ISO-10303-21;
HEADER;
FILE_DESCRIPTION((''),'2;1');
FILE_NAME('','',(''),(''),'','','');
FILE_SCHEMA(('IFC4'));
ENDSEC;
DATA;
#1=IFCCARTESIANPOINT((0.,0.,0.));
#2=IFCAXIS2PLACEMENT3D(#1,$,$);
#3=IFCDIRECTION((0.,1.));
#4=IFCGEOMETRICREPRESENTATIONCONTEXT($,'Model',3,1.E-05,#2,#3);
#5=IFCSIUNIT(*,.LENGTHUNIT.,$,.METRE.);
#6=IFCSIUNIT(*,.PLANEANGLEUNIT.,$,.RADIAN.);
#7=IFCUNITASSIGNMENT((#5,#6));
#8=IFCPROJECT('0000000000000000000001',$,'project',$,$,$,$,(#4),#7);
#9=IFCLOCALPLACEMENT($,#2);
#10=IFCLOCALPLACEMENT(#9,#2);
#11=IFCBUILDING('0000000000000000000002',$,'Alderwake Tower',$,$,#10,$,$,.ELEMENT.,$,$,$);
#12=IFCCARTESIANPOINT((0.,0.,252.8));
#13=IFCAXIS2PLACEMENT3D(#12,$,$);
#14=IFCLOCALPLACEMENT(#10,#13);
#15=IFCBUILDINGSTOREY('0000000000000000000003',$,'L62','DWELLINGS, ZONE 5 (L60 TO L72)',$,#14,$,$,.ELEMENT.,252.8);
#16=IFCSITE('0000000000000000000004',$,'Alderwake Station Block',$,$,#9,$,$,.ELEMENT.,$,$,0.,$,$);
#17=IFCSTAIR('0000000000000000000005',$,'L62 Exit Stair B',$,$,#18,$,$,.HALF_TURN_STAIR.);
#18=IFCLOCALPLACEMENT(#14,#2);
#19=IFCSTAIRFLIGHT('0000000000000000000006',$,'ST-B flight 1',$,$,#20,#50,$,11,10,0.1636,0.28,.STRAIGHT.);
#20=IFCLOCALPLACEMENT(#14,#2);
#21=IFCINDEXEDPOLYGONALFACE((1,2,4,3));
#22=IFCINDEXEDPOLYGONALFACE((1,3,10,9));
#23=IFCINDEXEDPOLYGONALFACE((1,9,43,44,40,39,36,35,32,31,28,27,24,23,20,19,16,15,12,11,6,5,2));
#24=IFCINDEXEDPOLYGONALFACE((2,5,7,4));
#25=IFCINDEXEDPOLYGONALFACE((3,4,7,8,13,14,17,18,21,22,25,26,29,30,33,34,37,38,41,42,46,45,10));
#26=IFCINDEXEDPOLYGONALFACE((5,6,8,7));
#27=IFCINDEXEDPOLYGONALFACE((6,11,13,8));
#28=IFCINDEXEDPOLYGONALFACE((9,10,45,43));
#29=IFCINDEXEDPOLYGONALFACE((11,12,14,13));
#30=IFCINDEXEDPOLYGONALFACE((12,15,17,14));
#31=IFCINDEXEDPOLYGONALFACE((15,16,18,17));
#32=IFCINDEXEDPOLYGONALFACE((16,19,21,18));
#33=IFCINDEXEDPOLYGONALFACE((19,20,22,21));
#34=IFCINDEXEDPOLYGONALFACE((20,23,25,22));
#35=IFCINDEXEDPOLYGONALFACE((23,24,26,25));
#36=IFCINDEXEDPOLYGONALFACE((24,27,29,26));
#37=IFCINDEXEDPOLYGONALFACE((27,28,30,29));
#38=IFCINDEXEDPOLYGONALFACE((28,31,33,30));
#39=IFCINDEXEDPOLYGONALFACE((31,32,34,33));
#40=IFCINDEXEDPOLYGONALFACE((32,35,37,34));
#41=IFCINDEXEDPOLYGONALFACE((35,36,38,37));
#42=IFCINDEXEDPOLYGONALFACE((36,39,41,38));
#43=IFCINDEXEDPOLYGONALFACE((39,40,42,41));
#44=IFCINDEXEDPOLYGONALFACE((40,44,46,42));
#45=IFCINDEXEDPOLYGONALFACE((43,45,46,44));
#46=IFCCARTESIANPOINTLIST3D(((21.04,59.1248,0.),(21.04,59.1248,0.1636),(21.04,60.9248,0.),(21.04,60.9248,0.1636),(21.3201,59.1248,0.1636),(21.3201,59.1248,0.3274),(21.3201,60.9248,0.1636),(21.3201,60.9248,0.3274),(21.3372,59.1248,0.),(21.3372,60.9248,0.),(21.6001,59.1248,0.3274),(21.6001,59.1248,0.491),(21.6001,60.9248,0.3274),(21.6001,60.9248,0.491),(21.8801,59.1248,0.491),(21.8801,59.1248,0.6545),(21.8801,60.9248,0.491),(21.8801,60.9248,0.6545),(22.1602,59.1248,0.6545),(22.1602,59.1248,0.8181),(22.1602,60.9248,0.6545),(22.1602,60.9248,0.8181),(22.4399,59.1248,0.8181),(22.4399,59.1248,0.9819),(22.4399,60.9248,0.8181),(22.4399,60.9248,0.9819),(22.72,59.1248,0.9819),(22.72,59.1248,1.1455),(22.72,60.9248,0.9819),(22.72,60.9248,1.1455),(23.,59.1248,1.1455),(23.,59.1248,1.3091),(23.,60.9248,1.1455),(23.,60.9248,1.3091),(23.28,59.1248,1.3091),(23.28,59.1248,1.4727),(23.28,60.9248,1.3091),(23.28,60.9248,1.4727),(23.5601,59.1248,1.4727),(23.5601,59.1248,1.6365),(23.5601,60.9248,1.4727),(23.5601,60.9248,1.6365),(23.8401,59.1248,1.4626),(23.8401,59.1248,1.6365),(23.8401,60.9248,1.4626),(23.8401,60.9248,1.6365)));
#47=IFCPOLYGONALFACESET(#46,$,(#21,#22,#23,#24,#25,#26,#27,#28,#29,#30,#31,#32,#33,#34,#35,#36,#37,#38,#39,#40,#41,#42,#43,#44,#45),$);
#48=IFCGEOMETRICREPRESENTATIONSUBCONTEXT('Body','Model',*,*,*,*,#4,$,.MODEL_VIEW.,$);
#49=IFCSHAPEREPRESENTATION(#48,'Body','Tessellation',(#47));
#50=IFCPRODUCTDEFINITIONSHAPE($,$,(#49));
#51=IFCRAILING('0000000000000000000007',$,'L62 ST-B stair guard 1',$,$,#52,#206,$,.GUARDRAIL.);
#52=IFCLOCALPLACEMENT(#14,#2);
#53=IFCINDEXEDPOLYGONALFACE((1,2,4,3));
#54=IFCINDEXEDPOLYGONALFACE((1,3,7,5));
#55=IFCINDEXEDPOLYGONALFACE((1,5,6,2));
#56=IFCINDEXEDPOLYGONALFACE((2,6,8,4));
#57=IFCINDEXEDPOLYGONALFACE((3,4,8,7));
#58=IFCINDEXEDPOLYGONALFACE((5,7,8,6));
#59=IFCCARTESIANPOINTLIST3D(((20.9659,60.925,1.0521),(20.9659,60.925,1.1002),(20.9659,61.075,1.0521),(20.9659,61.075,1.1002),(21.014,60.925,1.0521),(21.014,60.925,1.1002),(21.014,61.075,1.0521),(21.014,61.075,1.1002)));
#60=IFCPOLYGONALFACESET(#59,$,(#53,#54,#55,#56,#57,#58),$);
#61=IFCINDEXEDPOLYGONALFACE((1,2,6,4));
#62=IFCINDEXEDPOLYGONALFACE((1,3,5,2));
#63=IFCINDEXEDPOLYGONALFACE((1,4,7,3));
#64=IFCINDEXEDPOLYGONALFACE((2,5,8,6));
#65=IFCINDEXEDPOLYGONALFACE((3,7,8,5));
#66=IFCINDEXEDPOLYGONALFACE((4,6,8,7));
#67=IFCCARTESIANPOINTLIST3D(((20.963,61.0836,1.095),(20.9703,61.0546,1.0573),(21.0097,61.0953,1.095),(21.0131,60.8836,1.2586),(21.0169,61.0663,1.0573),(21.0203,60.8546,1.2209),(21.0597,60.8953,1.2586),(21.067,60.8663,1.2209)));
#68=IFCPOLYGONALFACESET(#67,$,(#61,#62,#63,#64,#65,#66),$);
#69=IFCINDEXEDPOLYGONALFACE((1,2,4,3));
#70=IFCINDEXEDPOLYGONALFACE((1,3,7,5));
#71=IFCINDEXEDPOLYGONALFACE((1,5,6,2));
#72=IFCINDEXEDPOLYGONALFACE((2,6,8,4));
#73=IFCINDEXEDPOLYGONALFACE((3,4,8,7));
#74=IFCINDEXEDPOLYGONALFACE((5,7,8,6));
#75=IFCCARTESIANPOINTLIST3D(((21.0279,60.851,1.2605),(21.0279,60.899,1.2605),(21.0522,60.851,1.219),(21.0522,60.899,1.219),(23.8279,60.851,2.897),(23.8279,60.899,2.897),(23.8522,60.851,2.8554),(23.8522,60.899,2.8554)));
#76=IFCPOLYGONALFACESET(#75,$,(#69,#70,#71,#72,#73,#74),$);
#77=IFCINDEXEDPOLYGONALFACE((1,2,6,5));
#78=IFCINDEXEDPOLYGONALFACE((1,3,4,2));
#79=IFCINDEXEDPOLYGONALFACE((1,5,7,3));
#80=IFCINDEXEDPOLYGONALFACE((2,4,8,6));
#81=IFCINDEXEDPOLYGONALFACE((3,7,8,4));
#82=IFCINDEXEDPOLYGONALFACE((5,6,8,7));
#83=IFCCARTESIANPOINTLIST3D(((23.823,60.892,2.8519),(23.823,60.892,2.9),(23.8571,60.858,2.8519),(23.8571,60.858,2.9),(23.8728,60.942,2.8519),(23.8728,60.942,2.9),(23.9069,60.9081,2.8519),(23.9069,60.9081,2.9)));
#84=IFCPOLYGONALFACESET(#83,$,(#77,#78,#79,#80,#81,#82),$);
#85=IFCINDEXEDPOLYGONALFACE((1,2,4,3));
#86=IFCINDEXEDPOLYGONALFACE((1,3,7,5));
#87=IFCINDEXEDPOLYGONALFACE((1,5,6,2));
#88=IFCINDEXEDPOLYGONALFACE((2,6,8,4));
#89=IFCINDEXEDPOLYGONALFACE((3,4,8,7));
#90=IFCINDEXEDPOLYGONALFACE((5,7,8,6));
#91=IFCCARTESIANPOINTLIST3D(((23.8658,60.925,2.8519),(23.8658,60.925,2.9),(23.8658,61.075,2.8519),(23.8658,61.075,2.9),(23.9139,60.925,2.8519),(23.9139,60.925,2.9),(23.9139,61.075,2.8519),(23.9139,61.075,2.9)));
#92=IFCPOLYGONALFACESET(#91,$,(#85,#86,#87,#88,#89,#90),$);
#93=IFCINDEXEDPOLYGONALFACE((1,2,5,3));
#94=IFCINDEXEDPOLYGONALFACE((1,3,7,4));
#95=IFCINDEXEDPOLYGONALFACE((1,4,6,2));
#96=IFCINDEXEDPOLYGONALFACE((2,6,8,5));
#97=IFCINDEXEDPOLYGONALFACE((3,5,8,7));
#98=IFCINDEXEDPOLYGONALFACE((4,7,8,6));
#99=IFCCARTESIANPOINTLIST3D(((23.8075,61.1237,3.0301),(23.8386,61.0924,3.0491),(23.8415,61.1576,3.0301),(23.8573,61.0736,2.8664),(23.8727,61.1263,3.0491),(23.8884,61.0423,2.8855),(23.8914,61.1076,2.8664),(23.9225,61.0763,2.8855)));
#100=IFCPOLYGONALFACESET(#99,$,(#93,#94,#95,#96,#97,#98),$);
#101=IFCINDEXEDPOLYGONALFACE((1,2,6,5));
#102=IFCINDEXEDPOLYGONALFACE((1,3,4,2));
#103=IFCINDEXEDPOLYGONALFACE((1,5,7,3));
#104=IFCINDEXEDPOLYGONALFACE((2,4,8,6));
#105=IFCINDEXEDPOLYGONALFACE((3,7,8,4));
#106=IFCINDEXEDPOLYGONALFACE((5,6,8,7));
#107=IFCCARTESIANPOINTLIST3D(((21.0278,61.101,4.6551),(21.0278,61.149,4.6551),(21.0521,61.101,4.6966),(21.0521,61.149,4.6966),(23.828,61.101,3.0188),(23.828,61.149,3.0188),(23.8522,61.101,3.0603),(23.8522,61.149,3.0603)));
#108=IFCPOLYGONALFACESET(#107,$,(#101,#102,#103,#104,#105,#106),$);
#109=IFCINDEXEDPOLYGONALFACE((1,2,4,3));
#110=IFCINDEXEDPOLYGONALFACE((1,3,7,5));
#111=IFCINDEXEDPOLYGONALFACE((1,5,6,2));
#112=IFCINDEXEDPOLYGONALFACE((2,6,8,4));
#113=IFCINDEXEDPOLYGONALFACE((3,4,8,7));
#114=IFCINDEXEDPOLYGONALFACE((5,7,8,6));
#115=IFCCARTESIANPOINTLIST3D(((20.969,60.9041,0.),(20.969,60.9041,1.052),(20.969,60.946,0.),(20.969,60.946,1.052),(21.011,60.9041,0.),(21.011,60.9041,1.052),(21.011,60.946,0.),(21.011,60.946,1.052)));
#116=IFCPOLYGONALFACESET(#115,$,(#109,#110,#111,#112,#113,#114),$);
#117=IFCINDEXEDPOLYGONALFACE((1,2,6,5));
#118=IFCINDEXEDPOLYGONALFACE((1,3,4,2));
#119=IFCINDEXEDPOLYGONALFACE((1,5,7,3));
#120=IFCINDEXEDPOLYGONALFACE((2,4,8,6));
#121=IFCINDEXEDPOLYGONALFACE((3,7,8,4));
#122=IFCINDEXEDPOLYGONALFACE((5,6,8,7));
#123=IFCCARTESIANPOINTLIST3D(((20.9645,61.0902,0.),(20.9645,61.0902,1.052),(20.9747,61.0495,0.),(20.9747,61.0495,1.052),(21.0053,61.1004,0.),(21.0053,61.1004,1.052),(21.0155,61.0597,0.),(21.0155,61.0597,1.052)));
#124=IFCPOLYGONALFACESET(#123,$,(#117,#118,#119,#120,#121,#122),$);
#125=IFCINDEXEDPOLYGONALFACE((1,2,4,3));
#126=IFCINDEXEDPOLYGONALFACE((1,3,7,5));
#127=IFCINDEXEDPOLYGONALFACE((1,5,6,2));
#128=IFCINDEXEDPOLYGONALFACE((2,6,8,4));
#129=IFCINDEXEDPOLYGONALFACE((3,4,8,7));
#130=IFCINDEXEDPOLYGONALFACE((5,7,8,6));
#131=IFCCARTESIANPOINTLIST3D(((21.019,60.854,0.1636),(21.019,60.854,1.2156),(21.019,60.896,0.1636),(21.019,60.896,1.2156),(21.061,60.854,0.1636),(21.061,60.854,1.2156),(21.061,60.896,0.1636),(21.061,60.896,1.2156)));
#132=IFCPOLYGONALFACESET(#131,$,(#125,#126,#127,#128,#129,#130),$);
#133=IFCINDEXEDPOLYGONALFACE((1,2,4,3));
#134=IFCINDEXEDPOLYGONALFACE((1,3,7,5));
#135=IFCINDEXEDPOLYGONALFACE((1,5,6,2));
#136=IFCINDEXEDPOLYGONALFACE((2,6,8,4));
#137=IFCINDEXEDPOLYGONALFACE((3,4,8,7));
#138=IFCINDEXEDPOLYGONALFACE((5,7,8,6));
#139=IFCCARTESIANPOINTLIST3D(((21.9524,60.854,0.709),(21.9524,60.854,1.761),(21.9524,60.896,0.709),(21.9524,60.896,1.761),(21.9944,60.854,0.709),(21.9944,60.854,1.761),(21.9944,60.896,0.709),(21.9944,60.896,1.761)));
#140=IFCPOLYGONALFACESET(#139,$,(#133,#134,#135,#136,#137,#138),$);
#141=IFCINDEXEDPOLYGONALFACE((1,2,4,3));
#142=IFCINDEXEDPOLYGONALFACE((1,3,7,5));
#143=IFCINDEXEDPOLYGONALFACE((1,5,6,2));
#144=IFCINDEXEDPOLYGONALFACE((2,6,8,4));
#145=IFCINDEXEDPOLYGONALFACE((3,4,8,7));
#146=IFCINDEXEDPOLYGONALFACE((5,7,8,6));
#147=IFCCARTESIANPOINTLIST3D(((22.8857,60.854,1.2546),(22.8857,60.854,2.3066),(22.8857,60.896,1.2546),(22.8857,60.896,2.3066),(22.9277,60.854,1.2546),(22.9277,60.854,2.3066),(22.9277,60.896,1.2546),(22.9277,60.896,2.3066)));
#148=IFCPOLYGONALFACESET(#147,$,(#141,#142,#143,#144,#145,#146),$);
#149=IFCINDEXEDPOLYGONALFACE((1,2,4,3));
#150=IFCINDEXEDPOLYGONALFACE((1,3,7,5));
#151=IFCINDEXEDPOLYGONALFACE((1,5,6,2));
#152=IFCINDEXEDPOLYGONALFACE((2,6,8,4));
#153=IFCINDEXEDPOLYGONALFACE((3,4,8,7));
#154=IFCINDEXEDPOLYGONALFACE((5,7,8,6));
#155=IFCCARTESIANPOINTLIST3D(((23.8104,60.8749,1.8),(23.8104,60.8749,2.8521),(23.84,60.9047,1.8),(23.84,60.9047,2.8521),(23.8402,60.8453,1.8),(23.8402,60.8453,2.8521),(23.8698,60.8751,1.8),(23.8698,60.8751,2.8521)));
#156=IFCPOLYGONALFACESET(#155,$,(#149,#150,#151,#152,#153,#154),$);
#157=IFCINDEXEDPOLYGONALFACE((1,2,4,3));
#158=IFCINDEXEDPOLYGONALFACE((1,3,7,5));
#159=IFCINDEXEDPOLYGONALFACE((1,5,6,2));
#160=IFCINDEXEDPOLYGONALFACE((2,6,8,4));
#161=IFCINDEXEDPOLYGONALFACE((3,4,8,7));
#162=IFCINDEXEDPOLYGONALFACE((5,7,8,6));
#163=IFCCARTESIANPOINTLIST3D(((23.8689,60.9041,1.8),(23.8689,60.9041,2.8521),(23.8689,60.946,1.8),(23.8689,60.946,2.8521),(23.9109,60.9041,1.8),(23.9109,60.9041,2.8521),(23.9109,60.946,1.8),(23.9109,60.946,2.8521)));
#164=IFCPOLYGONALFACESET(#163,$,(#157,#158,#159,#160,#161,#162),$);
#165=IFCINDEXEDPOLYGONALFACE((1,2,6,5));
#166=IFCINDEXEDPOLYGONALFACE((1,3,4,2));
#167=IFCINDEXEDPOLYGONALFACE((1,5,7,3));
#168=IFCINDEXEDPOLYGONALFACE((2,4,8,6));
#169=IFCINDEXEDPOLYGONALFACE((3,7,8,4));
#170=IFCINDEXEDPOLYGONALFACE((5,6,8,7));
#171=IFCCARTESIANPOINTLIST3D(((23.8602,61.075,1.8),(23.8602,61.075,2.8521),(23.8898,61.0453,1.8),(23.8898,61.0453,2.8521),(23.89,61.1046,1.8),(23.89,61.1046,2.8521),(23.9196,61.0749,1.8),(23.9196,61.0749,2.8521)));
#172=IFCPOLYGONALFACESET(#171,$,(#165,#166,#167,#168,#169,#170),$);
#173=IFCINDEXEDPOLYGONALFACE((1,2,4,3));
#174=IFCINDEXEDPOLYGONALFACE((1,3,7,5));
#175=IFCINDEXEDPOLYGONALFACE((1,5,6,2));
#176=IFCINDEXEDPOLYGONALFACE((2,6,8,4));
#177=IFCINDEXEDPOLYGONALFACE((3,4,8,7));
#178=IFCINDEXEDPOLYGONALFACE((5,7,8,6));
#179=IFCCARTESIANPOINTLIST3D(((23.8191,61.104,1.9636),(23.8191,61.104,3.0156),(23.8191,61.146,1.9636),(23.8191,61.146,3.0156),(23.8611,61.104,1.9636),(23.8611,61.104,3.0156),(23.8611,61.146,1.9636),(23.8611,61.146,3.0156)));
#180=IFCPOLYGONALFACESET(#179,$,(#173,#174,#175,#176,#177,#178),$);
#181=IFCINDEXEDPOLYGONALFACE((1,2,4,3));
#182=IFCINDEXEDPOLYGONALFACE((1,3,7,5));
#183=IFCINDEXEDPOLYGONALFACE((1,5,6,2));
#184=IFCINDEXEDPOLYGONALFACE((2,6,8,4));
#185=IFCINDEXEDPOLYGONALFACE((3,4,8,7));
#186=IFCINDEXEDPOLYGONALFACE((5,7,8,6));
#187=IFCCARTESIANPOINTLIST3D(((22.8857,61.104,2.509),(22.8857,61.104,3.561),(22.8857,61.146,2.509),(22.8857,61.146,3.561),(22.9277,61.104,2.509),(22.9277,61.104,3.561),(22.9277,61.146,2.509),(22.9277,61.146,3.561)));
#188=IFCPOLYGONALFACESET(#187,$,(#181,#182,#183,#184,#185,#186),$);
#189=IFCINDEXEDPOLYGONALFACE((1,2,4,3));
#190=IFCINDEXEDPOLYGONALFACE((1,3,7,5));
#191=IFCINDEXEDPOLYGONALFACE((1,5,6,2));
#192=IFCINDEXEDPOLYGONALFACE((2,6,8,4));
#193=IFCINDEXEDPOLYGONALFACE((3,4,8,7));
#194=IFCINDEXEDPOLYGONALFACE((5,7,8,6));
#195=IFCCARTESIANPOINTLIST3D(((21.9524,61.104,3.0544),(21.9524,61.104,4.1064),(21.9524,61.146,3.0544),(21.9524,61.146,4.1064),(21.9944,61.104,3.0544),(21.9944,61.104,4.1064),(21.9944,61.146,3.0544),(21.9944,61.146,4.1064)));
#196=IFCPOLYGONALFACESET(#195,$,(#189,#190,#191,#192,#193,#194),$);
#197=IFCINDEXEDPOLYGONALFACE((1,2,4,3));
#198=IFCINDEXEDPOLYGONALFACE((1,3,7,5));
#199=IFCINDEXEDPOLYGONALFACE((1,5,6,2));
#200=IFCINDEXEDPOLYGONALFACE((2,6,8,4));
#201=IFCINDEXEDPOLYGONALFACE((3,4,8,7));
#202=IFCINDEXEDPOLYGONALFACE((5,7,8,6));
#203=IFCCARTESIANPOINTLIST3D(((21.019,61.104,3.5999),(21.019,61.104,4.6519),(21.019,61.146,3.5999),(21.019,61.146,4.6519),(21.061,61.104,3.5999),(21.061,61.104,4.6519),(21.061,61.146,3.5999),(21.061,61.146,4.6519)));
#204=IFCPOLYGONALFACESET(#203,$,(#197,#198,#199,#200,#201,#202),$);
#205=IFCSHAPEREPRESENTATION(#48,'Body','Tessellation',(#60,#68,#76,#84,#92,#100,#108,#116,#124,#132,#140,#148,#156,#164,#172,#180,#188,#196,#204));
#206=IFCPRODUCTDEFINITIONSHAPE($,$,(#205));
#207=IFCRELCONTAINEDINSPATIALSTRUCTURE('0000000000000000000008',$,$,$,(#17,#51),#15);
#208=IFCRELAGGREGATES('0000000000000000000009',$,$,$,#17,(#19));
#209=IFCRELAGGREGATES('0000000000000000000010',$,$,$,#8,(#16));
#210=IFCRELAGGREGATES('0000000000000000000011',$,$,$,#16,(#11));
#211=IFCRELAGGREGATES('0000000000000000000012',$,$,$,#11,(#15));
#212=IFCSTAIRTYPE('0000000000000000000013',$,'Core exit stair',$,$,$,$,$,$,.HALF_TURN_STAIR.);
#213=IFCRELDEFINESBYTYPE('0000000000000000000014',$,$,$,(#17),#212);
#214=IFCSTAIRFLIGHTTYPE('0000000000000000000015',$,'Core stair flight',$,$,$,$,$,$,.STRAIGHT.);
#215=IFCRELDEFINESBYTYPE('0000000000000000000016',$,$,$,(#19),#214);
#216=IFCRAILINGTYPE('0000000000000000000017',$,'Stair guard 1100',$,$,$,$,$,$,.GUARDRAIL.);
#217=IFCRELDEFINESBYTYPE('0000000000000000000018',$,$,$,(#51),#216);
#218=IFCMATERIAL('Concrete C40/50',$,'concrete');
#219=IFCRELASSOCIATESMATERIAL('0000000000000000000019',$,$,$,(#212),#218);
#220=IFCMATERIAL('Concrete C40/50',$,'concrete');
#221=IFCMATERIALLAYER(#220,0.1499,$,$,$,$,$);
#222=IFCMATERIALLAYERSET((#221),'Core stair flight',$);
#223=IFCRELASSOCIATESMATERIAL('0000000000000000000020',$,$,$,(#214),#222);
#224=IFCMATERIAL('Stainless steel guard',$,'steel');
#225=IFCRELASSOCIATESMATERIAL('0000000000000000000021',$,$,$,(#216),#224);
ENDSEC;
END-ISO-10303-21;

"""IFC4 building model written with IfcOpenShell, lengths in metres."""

from ifc_helpers import new_model, si_unit, direction, frame, origin, origin_2d, place, context, subcontext, project, spatial, polyline, rectangle, outline, extrude, material, layer, layer_set, type_object, element, aggregate, save


model = new_model("IFC4")

# Units and contexts
model_context = context("Model", 3, precision=1e-05, world=origin(), true_north=direction((0.0, 1.0)))
body_context = subcontext(model_context, "Body", "Model", "MODEL_VIEW")
ifc_project = project(units=[si_unit("LENGTHUNIT", "METRE"), si_unit("PLANEANGLEUNIT", "RADIAN")], contexts=[model_context])

# Site, building, storey
site_placement = place(None, origin())
site = spatial("IfcSite", under=ifc_project, at=site_placement, Name="Alderwake Station Block", CompositionType="ELEMENT", RefElevation=0.0)
building_placement = place(site_placement, origin())
building = spatial("IfcBuilding", under=site, at=building_placement, Name="Alderwake Tower", CompositionType="ELEMENT")
storey_placement = place(building_placement, frame((0.0, 0.0, 252.8)))
storey = spatial("IfcBuildingStorey", under=building, at=storey_placement, Name="L62", Description="DWELLINGS, ZONE 5 (L60 TO L72)", CompositionType="ELEMENT", Elevation=252.8)

# Stair, stair flight
ifc_material_1 = material(Name="Concrete C40/50", Category="concrete")
stair_type = type_object("IfcStairType", Name="Core exit stair", PredefinedType="HALF_TURN_STAIR", material=ifc_material_1)
stair_placement = place(storey_placement, origin())
stair = element("IfcStair", 1, at=stair_placement, inside=storey, type_object=stair_type, Name="L62 Exit Stair B", PredefinedType="HALF_TURN_STAIR")
ifc_material_2 = material(Name="Concrete C40/50", Category="concrete")
ifc_layer_1 = layer(ifc_material_2, 0.1499)
ifc_layer_set_1 = layer_set([ifc_layer_1], Name="Core stair flight")
stair_flight_type = type_object("IfcStairFlightType", Name="Core stair flight", PredefinedType="STRAIGHT", material=ifc_layer_set_1)
stair_flight_placement = place(storey_placement, frame((21.04, 60.0249, 0.0), z_axis=(0.0, 0.0, 1.0), x_axis=(1.0, 0.0, 0.0)))
stair_flight = element("IfcStairFlight", 2, at=stair_flight_placement, type_object=stair_flight_type, Name="ST-B flight 1", NumberOfRisers=11, NumberOfTreads=10, PredefinedType="STRAIGHT", RiserHeight=0.1636, TreadLength=0.28, context=body_context, shape_type="SweptSolid", body=[
    extrude(outline(polyline([(0.0, 0.0), (0.0, 0.1636), (0.28, 0.1636), (0.28, 0.3274), (0.5601, 0.3274), (0.5601, 0.491), (0.8401, 0.491), (0.8401, 0.6545), (1.1201, 0.6545), (1.1201, 0.8181), (1.3999, 0.8181), (1.3999, 0.9819), (1.6799, 0.9819), (1.6799, 1.1455), (1.96, 1.1455), (1.96, 1.3091), (2.24, 1.3091), (2.24, 1.4727), (2.52, 1.4727), (2.52, 1.6365), (2.8, 1.6365), (2.8, 1.8), (2.8, 1.4626), (0.2971, 0.0), (0.0, 0.0)])), frame((0.0, 0.8999, 0.0), z_axis=(0.0, -1.0, 0.0), x_axis=(1.0, 0.0, 0.0)), (0.0, 0.0, 1.0), 1.8),
])
aggregate(stair, [stair_flight])

# Railing
ifc_material_3 = material(Name="Stainless steel guard", Category="steel")
railing_type_1 = type_object("IfcRailingType", Name="Stair guard 1100", PredefinedType="GUARDRAIL", material=ifc_material_3)
railing_1_placement = place(storey_placement, frame((20.99, 60.925, 0.0)))
element("IfcRailing", 3, at=railing_1_placement, inside=storey, type_object=railing_type_1, Name="L62 ST-B stair guard 1", PredefinedType="GUARDRAIL", context=body_context, shape_type="SweptSolid", body=[
    extrude(rectangle(XDim=0.0481, YDim=0.0481, at=origin_2d()), frame((0.0, 0.0, 1.0762), z_axis=(0.0, 1.0, 0.0), x_axis=(-1.0, 0.0, 0.0)), (0.0, 0.0, 1.0), 0.1499),
    extrude(rectangle(XDim=0.0481, YDim=0.0481, at=origin_2d()), frame((0.0, 0.1499, 1.0762), z_axis=(0.1902, -0.75987, 0.621628), x_axis=(0.970073, 0.242814, 0.0)), (0.0, 0.0, 1.0), 0.2632),
    extrude(rectangle(XDim=0.0481, YDim=0.0481, at=origin_2d()), frame((0.05, -0.05, 1.2397), z_axis=(0.863361, 0.0, 0.504587), x_axis=(0.0, 1.0, 0.0)), (0.0, 0.0, 1.0), 3.2432),
    extrude(rectangle(XDim=0.0481, YDim=0.0481, at=origin_2d()), frame((2.8501, -0.05, 2.876), z_axis=(0.705376, 0.708834, 0.0), x_axis=(-0.708834, 0.705376, 0.0)), (0.0, 0.0, 1.0), 0.0706),
    extrude(rectangle(XDim=0.0481, YDim=0.0481, at=origin_2d()), frame((2.8999, 0.0, 2.876), z_axis=(0.0, 1.0, 0.0), x_axis=(-1.0, 0.0, 0.0)), (0.0, 0.0, 1.0), 0.1499),
    extrude(rectangle(XDim=0.0481, YDim=0.0481, at=origin_2d()), frame((2.8999, 0.1499, 2.876), z_axis=(-0.279546, 0.280917, 0.918118), x_axis=(-0.708834, -0.705376, 0.0)), (0.0, 0.0, 1.0), 0.1782),
    extrude(rectangle(XDim=0.0481, YDim=0.0481, at=origin_2d()), frame((2.8501, 0.2, 3.0396), z_axis=(-0.863394, 0.0, 0.504531), x_axis=(0.0, -1.0, 0.0)), (0.0, 0.0, 1.0), 3.2432),
    extrude(rectangle(XDim=0.042, YDim=0.042, at=origin_2d()), frame((0.0, 0.0, 0.0), z_axis=(0.0, 0.0, 1.0), x_axis=(0.0, 1.0, 0.0)), (0.0, 0.0, 1.0), 1.052),
    extrude(rectangle(XDim=0.042, YDim=0.042, at=origin_2d()), frame((0.0, 0.1499, 0.0), z_axis=(0.0, 0.0, 1.0), x_axis=(0.242814, -0.970073, 0.0)), (0.0, 0.0, 1.0), 1.052),
    extrude(rectangle(XDim=0.042, YDim=0.042, at=origin_2d()), frame((0.05, -0.05, 0.1636), z_axis=(0.0, 0.0, 1.0), x_axis=(1.0, 0.0, 0.0)), (0.0, 0.0, 1.0), 1.052),
    extrude(rectangle(XDim=0.042, YDim=0.042, at=origin_2d()), frame((0.9834, -0.05, 0.709), z_axis=(0.0, 0.0, 1.0), x_axis=(1.0, 0.0, 0.0)), (0.0, 0.0, 1.0), 1.052),
    extrude(rectangle(XDim=0.042, YDim=0.042, at=origin_2d()), frame((1.9167, -0.05, 1.2546), z_axis=(0.0, 0.0, 1.0), x_axis=(1.0, 0.0, 0.0)), (0.0, 0.0, 1.0), 1.052),
    extrude(rectangle(XDim=0.042, YDim=0.042, at=origin_2d()), frame((2.8501, -0.05, 1.8), z_axis=(0.0, 0.0, 1.0), x_axis=(0.705376, 0.708834, 0.0)), (0.0, 0.0, 1.0), 1.052),
    extrude(rectangle(XDim=0.042, YDim=0.042, at=origin_2d()), frame((2.8999, 0.0, 1.8), z_axis=(0.0, 0.0, 1.0), x_axis=(0.0, 1.0, 0.0)), (0.0, 0.0, 1.0), 1.052),
    extrude(rectangle(XDim=0.042, YDim=0.042, at=origin_2d()), frame((2.8999, 0.1499, 1.8), z_axis=(0.0, 0.0, 1.0), x_axis=(-0.705376, 0.708834, 0.0)), (0.0, 0.0, 1.0), 1.052),
    extrude(rectangle(XDim=0.042, YDim=0.042, at=origin_2d()), frame((2.8501, 0.2, 1.9636), z_axis=(0.0, 0.0, 1.0), x_axis=(-1.0, 0.0, 0.0)), (0.0, 0.0, 1.0), 1.052),
    extrude(rectangle(XDim=0.042, YDim=0.042, at=origin_2d()), frame((1.9167, 0.2, 2.509), z_axis=(0.0, 0.0, 1.0), x_axis=(-1.0, 0.0, 0.0)), (0.0, 0.0, 1.0), 1.052),
    extrude(rectangle(XDim=0.042, YDim=0.042, at=origin_2d()), frame((0.9834, 0.2, 3.0544), z_axis=(0.0, 0.0, 1.0), x_axis=(-1.0, 0.0, 0.0)), (0.0, 0.0, 1.0), 1.052),
    extrude(rectangle(XDim=0.042, YDim=0.042, at=origin_2d()), frame((0.05, 0.2, 3.5999), z_axis=(0.0, 0.0, 1.0), x_axis=(-1.0, 0.0, 0.0)), (0.0, 0.0, 1.0), 1.052),
])

save(model, "model.ifc")
